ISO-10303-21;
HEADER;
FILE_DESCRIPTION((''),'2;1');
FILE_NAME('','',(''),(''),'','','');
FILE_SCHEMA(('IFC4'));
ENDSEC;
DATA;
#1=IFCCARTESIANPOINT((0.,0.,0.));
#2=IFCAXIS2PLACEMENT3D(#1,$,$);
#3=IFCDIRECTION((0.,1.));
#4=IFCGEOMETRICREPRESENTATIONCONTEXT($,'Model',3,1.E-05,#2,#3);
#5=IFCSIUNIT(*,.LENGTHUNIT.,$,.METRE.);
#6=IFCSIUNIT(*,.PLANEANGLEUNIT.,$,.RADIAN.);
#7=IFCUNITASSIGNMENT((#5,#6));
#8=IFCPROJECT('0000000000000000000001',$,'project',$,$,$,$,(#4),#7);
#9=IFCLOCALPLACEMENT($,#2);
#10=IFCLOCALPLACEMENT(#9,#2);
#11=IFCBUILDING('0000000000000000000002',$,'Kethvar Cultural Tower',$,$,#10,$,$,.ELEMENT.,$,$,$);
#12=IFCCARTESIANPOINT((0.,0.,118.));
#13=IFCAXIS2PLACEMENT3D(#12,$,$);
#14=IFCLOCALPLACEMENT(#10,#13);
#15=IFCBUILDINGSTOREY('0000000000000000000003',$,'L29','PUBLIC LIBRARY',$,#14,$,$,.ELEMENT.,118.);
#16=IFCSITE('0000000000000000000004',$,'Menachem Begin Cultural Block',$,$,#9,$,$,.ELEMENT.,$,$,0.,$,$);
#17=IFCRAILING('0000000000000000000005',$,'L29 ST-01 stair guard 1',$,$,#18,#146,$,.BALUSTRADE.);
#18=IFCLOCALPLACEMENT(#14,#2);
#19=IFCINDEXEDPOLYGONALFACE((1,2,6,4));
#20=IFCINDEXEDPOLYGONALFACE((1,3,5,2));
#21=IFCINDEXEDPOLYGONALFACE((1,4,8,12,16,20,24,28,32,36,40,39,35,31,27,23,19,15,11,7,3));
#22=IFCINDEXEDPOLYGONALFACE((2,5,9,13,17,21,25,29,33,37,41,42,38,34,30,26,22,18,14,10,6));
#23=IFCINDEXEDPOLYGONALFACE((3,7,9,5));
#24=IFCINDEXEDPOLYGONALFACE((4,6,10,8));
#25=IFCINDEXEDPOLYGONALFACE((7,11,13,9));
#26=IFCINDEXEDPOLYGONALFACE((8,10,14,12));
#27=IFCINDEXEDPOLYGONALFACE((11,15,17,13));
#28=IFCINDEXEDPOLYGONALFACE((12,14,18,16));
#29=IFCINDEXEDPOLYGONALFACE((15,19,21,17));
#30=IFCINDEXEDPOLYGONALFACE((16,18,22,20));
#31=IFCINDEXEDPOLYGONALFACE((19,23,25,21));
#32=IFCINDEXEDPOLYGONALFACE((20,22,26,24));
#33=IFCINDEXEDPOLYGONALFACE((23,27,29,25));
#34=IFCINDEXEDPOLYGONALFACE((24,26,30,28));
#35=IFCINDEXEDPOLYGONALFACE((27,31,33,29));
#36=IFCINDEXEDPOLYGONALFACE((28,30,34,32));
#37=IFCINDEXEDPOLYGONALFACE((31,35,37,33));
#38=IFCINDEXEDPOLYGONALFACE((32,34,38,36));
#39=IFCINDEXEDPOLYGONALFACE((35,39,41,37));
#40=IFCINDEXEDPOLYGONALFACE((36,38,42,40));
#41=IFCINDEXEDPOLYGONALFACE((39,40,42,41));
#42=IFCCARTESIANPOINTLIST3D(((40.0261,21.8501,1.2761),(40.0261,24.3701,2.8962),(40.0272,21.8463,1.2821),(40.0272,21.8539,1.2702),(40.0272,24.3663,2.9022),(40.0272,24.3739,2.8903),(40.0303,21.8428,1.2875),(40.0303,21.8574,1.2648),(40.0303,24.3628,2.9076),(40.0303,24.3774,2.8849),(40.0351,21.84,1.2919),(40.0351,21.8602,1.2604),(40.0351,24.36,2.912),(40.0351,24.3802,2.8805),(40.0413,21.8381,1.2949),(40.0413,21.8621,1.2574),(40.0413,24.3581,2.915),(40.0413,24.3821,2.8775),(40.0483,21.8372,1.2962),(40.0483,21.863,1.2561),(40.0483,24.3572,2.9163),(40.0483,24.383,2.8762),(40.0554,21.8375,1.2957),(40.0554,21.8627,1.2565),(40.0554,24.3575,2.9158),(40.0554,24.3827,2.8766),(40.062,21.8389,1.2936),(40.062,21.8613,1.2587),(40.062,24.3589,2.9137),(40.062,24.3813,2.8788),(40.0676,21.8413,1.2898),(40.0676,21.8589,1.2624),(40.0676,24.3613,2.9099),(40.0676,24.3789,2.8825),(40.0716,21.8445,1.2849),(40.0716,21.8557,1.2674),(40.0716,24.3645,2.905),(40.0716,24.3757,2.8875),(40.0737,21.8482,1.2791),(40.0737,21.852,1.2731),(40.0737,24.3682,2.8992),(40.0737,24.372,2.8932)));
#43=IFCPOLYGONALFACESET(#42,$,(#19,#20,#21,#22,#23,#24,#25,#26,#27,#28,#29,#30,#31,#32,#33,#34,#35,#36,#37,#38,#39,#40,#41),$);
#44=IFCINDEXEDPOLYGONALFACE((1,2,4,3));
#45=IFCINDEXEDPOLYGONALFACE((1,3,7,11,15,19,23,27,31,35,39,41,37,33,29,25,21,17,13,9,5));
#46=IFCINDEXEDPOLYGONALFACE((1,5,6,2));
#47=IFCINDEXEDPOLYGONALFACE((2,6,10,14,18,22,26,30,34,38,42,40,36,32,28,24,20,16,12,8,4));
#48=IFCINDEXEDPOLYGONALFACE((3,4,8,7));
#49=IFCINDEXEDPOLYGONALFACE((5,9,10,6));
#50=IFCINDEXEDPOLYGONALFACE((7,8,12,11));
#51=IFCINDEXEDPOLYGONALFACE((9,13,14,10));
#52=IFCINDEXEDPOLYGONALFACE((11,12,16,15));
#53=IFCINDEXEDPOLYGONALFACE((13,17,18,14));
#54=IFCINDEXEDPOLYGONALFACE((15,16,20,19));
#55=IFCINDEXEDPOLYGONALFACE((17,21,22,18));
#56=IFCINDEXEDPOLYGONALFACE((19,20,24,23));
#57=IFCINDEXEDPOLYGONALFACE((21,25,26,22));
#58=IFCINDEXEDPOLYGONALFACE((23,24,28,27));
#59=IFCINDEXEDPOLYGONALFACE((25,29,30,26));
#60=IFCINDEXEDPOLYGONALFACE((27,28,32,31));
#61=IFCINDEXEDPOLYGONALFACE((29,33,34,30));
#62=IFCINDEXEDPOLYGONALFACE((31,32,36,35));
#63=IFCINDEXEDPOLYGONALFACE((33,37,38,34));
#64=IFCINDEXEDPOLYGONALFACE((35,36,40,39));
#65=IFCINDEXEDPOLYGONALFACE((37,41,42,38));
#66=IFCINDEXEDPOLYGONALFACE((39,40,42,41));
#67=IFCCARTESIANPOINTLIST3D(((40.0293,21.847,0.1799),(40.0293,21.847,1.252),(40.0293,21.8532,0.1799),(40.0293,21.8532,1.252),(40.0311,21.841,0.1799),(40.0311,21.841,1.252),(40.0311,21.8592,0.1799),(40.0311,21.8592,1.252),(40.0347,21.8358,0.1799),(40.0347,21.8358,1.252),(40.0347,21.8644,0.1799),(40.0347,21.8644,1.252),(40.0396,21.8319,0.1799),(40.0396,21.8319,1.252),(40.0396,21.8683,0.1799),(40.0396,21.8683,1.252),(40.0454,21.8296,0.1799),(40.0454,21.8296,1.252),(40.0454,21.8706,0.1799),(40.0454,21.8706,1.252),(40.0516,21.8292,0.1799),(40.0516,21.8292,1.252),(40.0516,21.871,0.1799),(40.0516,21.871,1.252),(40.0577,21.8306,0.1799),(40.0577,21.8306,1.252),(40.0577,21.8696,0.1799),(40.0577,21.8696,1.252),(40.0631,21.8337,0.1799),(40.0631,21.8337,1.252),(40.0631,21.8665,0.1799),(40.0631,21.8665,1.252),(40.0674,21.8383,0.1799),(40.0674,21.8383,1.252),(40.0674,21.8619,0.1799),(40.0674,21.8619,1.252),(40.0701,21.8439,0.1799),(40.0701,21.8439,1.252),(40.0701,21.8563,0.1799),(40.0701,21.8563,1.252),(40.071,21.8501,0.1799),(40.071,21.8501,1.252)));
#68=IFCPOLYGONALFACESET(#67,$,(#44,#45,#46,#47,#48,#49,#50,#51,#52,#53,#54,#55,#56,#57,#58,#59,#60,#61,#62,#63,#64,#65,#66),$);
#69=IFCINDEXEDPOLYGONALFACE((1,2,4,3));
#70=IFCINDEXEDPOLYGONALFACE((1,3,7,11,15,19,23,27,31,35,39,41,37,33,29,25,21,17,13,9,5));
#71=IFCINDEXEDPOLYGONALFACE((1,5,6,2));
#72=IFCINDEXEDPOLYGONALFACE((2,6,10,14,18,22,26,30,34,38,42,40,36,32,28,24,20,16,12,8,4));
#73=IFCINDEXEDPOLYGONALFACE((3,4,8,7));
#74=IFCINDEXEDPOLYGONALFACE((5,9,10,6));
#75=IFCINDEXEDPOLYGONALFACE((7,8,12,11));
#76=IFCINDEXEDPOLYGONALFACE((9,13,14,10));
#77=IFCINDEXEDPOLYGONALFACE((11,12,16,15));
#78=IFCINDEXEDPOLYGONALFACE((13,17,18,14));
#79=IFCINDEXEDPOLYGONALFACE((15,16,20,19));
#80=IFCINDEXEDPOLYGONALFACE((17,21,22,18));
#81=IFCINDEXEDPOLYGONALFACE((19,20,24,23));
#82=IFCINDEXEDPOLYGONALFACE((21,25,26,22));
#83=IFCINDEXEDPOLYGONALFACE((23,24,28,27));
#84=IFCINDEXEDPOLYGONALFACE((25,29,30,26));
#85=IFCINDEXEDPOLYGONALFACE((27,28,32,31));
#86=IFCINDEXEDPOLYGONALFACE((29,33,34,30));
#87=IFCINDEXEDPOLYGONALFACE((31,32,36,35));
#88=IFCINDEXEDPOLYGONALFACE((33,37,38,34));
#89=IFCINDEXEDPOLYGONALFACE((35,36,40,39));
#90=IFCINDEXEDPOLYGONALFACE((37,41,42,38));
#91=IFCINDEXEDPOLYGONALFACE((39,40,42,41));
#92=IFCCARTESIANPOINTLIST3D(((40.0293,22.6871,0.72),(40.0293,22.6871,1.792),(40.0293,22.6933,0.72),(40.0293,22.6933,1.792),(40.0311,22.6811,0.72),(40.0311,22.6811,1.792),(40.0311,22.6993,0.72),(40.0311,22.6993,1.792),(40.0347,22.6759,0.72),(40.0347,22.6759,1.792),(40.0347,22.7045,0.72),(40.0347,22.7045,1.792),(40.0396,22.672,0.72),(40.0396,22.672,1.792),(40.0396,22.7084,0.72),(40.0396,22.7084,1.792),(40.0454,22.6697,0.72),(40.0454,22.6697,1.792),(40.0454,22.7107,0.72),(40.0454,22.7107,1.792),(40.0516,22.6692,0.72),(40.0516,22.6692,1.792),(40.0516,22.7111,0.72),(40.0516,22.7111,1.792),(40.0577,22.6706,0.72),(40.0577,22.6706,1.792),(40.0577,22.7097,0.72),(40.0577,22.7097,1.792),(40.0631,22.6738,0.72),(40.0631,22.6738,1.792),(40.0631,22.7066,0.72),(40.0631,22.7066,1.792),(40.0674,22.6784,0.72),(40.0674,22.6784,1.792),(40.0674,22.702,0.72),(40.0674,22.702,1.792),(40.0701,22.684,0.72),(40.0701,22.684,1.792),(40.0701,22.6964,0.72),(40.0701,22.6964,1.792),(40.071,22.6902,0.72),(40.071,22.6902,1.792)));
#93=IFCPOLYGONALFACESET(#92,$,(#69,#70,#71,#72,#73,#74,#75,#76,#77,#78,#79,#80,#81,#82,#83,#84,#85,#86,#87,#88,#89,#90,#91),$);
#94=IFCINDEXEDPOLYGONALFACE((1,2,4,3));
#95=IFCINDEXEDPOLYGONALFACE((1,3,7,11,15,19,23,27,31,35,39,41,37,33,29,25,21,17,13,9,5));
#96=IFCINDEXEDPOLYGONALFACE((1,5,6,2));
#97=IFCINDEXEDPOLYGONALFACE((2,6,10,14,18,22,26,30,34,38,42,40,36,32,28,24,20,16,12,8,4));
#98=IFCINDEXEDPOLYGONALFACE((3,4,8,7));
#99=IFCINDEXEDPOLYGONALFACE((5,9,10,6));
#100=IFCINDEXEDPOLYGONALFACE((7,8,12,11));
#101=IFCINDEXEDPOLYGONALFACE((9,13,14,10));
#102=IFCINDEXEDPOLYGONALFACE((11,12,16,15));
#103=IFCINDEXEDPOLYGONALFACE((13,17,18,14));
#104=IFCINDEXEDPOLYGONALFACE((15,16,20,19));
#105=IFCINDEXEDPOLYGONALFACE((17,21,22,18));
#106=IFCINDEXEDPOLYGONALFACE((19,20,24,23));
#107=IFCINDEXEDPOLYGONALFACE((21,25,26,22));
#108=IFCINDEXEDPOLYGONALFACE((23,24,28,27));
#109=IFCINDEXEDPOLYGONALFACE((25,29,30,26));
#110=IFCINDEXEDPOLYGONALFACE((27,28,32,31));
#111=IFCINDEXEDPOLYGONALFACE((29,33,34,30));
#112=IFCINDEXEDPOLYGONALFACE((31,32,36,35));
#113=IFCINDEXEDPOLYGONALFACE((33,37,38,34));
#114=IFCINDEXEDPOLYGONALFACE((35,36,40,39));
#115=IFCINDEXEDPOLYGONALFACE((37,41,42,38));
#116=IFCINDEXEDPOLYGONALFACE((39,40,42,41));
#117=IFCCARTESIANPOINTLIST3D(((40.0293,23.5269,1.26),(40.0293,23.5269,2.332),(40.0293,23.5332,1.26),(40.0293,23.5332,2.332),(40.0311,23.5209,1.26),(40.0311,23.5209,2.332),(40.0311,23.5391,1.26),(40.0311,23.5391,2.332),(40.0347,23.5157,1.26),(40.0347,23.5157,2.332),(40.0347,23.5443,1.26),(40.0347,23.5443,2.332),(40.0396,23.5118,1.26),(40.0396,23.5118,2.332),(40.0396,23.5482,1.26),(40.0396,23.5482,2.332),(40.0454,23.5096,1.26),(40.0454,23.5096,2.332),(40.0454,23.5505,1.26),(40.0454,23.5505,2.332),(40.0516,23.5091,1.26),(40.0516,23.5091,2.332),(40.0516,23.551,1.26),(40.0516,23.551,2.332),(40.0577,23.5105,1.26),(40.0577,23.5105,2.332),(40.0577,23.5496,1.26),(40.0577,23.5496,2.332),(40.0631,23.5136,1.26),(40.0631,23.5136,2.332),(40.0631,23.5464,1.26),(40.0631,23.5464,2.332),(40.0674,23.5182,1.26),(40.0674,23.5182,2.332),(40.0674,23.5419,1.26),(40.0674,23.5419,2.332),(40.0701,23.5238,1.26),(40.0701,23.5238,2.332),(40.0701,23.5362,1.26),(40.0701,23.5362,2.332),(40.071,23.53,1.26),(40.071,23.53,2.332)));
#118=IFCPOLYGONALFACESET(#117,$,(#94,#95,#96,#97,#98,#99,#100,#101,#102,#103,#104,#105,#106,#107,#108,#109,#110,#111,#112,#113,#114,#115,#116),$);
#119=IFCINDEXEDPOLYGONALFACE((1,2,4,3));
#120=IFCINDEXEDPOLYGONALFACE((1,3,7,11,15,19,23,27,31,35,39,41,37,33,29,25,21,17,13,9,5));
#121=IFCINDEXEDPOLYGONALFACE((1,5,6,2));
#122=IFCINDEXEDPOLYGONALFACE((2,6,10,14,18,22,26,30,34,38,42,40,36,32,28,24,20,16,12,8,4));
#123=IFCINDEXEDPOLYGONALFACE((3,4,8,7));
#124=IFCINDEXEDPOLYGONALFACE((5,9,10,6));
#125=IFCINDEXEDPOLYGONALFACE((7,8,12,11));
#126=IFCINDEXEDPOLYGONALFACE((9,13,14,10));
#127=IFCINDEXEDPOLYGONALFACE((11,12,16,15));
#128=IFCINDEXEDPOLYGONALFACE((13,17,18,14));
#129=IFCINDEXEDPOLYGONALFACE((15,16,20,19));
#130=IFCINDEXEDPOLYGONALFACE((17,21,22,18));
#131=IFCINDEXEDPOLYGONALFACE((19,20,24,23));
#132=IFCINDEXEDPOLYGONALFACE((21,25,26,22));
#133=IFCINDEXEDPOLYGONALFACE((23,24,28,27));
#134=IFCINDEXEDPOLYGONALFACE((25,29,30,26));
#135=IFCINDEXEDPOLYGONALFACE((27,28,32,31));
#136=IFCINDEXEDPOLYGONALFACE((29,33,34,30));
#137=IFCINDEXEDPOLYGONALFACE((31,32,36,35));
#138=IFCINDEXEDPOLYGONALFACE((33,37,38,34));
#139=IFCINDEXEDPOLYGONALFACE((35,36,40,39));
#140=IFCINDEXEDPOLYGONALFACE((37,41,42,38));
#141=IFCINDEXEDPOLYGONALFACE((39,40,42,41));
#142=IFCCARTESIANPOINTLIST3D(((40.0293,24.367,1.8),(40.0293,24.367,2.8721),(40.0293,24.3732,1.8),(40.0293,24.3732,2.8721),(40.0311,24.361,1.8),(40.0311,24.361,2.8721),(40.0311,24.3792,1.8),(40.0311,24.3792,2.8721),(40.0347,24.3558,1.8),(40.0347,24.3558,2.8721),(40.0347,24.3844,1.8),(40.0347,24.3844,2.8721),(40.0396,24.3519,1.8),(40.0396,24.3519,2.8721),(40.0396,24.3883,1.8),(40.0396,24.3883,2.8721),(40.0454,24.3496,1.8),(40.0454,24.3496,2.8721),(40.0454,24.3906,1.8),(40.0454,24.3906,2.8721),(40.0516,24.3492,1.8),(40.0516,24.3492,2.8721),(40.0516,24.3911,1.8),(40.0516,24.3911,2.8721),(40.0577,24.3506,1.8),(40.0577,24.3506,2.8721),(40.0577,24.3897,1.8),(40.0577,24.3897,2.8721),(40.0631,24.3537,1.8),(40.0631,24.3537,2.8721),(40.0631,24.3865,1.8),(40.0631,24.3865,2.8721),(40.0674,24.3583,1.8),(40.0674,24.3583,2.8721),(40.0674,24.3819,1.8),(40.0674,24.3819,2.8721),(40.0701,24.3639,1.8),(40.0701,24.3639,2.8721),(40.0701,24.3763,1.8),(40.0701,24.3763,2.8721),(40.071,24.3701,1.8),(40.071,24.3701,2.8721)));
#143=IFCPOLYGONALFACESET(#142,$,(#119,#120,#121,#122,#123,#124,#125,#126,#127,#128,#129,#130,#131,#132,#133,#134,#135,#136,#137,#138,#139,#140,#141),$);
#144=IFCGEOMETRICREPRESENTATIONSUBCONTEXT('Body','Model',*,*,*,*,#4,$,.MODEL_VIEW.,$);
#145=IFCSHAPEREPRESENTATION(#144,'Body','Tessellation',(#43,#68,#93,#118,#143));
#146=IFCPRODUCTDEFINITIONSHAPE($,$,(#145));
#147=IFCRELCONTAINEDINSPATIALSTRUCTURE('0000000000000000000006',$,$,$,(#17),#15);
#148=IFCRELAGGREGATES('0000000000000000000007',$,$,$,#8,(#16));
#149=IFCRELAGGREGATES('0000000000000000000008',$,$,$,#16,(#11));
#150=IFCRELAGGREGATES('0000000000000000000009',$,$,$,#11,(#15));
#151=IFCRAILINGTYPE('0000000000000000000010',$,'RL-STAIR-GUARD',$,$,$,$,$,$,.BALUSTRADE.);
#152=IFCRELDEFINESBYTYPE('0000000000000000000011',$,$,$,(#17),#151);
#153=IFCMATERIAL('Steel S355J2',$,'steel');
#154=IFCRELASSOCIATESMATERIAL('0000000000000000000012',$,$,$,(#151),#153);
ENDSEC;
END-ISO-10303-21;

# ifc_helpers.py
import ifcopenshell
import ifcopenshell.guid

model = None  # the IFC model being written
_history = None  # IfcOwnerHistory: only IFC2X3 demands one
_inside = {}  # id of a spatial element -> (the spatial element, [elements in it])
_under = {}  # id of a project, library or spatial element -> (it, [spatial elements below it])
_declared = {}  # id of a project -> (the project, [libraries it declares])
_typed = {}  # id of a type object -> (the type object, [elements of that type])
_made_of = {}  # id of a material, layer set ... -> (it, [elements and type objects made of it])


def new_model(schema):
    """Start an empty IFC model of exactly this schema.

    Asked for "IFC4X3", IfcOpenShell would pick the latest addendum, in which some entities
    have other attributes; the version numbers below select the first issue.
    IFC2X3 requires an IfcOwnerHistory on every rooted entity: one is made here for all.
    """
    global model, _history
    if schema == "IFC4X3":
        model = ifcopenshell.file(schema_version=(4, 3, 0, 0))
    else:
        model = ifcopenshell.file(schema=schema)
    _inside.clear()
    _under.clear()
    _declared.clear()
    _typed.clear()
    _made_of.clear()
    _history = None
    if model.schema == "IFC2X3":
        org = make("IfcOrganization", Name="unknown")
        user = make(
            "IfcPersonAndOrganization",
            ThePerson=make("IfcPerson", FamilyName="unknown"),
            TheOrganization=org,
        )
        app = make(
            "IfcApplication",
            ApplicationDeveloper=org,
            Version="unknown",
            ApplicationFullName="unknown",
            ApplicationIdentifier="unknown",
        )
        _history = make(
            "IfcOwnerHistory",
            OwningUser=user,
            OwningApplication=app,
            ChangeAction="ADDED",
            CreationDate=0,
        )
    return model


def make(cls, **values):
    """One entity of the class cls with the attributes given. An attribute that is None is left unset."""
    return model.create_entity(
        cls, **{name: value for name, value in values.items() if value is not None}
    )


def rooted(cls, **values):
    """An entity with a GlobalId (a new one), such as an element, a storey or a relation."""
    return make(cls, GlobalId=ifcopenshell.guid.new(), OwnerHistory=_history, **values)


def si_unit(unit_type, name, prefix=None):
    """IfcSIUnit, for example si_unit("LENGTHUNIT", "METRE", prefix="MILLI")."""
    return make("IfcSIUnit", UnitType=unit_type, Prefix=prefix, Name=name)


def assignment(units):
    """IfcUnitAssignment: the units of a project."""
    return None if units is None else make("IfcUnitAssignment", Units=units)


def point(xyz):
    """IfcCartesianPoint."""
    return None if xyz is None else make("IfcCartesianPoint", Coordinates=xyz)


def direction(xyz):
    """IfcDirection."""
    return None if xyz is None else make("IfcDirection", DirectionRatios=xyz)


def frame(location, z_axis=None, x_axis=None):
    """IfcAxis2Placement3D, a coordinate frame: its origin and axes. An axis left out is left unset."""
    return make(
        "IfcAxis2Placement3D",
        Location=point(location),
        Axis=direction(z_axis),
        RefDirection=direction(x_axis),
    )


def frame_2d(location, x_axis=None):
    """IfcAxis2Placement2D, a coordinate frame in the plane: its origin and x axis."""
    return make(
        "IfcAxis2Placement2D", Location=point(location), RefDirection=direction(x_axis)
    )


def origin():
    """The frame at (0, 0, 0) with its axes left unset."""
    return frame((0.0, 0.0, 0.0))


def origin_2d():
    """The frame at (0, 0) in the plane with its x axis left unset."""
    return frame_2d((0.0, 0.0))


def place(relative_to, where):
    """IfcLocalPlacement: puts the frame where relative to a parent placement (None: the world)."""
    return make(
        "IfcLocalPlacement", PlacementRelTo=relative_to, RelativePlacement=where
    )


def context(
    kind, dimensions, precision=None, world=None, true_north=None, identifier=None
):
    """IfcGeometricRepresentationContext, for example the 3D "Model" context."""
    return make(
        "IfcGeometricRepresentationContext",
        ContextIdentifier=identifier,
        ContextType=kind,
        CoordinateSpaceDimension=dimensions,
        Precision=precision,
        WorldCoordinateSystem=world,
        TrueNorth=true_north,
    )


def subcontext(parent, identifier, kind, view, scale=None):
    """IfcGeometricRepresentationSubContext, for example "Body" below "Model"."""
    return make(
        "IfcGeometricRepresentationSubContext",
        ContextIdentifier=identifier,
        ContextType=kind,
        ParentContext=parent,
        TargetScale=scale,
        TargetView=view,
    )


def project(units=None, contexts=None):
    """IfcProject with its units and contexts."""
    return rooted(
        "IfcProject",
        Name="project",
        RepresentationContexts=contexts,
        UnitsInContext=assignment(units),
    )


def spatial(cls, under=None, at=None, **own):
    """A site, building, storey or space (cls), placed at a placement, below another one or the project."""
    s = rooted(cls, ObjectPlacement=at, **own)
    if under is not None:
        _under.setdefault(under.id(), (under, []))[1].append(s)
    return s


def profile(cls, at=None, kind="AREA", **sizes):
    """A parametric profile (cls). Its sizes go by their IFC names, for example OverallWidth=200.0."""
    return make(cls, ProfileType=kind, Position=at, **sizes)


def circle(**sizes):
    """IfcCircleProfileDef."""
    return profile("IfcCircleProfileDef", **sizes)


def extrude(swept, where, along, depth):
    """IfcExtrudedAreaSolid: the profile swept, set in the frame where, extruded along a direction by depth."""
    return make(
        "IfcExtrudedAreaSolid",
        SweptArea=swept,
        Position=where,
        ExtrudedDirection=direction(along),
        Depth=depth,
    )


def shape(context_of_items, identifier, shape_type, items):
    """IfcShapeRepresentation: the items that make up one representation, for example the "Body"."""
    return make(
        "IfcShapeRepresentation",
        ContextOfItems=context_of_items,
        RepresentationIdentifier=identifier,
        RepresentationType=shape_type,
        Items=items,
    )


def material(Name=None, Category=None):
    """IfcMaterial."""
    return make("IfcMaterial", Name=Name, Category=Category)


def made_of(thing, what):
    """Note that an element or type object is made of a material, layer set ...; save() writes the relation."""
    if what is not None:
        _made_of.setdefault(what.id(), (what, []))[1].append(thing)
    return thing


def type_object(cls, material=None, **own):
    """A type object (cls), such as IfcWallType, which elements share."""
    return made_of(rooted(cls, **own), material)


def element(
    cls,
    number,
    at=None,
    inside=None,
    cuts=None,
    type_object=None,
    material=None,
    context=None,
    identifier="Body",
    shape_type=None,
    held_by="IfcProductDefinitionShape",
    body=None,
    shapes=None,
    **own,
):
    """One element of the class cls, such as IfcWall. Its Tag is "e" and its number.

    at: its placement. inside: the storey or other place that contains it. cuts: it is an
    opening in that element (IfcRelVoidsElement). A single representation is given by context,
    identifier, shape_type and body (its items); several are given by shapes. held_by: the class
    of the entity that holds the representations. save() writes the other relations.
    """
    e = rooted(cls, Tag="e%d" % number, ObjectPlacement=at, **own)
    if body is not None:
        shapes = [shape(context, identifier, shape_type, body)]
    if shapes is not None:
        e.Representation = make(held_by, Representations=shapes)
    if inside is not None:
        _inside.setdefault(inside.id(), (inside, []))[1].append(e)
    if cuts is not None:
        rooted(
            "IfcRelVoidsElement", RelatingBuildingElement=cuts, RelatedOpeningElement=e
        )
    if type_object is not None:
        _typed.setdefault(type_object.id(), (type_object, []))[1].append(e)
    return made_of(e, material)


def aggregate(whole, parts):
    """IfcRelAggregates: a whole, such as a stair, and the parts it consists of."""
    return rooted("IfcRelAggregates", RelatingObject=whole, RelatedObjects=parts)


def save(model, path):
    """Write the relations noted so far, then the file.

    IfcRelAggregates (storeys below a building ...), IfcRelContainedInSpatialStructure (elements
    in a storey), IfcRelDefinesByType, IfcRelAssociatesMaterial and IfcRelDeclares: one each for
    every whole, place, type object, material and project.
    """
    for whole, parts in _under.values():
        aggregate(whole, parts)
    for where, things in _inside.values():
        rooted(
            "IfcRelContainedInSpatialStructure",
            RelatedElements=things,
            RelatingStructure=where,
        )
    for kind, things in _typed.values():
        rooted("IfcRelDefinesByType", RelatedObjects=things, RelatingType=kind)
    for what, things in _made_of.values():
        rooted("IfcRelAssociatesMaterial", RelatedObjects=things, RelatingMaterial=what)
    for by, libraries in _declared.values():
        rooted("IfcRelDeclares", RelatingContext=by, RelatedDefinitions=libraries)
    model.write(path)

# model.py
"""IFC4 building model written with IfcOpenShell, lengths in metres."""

from ifc_helpers import new_model, si_unit, direction, frame, origin, origin_2d, place, context, subcontext, project, spatial, circle, extrude, material, type_object, element, save


model = new_model("IFC4")

# Units and contexts
model_context = context("Model", 3, precision=1e-05, world=origin(), true_north=direction((0.0, 1.0)))
body_context = subcontext(model_context, "Body", "Model", "MODEL_VIEW")
ifc_project = project(units=[si_unit("LENGTHUNIT", "METRE"), si_unit("PLANEANGLEUNIT", "RADIAN")], contexts=[model_context])

# Site, building, storey
site_placement = place(None, origin())
site = spatial("IfcSite", under=ifc_project, at=site_placement, Name="Menachem Begin Cultural Block", CompositionType="ELEMENT", RefElevation=0.0)
building_placement = place(site_placement, origin())
building = spatial("IfcBuilding", under=site, at=building_placement, Name="Kethvar Cultural Tower", CompositionType="ELEMENT")
storey_placement = place(building_placement, frame((0.0, 0.0, 118.0)))
storey = spatial("IfcBuildingStorey", under=building, at=storey_placement, Name="L29", Description="PUBLIC LIBRARY", CompositionType="ELEMENT", Elevation=118.0)

# Shared definitions
ifc_material_1 = material(Name="Steel S355J2", Category="steel")

# Railing
railing_type_1 = type_object("IfcRailingType", Name="RL-STAIR-GUARD", PredefinedType="BALUSTRADE", material=ifc_material_1)
railing_1_placement = place(storey_placement, frame((40.05, 21.8501, 0.1799)))
element("IfcRailing", 1, at=railing_1_placement, inside=storey, type_object=railing_type_1, Name="L29 ST-01 stair guard 1", PredefinedType="BALUSTRADE", context=body_context, shape_type="SweptSolid", body=[
    extrude(circle(Radius=0.0239, at=origin_2d()), frame((0.0, 0.0, 1.0962), z_axis=(0.0, 0.841163, 0.540782), x_axis=(-1.0, 0.0, 0.0)), (0.0, 0.0, 1.0), 2.9958),
    extrude(circle(Radius=0.021, at=origin_2d()), origin(), (0.0, 0.0, 1.0), 1.072),
    extrude(circle(Radius=0.021, at=origin_2d()), frame((0.0, 0.8401, 0.54)), (0.0, 0.0, 1.0), 1.072),
    extrude(circle(Radius=0.021, at=origin_2d()), frame((0.0, 1.6799, 1.0801)), (0.0, 0.0, 1.0), 1.072),
    extrude(circle(Radius=0.021, at=origin_2d()), frame((0.0, 2.52, 1.6201)), (0.0, 0.0, 1.0), 1.072),
])

save(model, "model.ifc")
